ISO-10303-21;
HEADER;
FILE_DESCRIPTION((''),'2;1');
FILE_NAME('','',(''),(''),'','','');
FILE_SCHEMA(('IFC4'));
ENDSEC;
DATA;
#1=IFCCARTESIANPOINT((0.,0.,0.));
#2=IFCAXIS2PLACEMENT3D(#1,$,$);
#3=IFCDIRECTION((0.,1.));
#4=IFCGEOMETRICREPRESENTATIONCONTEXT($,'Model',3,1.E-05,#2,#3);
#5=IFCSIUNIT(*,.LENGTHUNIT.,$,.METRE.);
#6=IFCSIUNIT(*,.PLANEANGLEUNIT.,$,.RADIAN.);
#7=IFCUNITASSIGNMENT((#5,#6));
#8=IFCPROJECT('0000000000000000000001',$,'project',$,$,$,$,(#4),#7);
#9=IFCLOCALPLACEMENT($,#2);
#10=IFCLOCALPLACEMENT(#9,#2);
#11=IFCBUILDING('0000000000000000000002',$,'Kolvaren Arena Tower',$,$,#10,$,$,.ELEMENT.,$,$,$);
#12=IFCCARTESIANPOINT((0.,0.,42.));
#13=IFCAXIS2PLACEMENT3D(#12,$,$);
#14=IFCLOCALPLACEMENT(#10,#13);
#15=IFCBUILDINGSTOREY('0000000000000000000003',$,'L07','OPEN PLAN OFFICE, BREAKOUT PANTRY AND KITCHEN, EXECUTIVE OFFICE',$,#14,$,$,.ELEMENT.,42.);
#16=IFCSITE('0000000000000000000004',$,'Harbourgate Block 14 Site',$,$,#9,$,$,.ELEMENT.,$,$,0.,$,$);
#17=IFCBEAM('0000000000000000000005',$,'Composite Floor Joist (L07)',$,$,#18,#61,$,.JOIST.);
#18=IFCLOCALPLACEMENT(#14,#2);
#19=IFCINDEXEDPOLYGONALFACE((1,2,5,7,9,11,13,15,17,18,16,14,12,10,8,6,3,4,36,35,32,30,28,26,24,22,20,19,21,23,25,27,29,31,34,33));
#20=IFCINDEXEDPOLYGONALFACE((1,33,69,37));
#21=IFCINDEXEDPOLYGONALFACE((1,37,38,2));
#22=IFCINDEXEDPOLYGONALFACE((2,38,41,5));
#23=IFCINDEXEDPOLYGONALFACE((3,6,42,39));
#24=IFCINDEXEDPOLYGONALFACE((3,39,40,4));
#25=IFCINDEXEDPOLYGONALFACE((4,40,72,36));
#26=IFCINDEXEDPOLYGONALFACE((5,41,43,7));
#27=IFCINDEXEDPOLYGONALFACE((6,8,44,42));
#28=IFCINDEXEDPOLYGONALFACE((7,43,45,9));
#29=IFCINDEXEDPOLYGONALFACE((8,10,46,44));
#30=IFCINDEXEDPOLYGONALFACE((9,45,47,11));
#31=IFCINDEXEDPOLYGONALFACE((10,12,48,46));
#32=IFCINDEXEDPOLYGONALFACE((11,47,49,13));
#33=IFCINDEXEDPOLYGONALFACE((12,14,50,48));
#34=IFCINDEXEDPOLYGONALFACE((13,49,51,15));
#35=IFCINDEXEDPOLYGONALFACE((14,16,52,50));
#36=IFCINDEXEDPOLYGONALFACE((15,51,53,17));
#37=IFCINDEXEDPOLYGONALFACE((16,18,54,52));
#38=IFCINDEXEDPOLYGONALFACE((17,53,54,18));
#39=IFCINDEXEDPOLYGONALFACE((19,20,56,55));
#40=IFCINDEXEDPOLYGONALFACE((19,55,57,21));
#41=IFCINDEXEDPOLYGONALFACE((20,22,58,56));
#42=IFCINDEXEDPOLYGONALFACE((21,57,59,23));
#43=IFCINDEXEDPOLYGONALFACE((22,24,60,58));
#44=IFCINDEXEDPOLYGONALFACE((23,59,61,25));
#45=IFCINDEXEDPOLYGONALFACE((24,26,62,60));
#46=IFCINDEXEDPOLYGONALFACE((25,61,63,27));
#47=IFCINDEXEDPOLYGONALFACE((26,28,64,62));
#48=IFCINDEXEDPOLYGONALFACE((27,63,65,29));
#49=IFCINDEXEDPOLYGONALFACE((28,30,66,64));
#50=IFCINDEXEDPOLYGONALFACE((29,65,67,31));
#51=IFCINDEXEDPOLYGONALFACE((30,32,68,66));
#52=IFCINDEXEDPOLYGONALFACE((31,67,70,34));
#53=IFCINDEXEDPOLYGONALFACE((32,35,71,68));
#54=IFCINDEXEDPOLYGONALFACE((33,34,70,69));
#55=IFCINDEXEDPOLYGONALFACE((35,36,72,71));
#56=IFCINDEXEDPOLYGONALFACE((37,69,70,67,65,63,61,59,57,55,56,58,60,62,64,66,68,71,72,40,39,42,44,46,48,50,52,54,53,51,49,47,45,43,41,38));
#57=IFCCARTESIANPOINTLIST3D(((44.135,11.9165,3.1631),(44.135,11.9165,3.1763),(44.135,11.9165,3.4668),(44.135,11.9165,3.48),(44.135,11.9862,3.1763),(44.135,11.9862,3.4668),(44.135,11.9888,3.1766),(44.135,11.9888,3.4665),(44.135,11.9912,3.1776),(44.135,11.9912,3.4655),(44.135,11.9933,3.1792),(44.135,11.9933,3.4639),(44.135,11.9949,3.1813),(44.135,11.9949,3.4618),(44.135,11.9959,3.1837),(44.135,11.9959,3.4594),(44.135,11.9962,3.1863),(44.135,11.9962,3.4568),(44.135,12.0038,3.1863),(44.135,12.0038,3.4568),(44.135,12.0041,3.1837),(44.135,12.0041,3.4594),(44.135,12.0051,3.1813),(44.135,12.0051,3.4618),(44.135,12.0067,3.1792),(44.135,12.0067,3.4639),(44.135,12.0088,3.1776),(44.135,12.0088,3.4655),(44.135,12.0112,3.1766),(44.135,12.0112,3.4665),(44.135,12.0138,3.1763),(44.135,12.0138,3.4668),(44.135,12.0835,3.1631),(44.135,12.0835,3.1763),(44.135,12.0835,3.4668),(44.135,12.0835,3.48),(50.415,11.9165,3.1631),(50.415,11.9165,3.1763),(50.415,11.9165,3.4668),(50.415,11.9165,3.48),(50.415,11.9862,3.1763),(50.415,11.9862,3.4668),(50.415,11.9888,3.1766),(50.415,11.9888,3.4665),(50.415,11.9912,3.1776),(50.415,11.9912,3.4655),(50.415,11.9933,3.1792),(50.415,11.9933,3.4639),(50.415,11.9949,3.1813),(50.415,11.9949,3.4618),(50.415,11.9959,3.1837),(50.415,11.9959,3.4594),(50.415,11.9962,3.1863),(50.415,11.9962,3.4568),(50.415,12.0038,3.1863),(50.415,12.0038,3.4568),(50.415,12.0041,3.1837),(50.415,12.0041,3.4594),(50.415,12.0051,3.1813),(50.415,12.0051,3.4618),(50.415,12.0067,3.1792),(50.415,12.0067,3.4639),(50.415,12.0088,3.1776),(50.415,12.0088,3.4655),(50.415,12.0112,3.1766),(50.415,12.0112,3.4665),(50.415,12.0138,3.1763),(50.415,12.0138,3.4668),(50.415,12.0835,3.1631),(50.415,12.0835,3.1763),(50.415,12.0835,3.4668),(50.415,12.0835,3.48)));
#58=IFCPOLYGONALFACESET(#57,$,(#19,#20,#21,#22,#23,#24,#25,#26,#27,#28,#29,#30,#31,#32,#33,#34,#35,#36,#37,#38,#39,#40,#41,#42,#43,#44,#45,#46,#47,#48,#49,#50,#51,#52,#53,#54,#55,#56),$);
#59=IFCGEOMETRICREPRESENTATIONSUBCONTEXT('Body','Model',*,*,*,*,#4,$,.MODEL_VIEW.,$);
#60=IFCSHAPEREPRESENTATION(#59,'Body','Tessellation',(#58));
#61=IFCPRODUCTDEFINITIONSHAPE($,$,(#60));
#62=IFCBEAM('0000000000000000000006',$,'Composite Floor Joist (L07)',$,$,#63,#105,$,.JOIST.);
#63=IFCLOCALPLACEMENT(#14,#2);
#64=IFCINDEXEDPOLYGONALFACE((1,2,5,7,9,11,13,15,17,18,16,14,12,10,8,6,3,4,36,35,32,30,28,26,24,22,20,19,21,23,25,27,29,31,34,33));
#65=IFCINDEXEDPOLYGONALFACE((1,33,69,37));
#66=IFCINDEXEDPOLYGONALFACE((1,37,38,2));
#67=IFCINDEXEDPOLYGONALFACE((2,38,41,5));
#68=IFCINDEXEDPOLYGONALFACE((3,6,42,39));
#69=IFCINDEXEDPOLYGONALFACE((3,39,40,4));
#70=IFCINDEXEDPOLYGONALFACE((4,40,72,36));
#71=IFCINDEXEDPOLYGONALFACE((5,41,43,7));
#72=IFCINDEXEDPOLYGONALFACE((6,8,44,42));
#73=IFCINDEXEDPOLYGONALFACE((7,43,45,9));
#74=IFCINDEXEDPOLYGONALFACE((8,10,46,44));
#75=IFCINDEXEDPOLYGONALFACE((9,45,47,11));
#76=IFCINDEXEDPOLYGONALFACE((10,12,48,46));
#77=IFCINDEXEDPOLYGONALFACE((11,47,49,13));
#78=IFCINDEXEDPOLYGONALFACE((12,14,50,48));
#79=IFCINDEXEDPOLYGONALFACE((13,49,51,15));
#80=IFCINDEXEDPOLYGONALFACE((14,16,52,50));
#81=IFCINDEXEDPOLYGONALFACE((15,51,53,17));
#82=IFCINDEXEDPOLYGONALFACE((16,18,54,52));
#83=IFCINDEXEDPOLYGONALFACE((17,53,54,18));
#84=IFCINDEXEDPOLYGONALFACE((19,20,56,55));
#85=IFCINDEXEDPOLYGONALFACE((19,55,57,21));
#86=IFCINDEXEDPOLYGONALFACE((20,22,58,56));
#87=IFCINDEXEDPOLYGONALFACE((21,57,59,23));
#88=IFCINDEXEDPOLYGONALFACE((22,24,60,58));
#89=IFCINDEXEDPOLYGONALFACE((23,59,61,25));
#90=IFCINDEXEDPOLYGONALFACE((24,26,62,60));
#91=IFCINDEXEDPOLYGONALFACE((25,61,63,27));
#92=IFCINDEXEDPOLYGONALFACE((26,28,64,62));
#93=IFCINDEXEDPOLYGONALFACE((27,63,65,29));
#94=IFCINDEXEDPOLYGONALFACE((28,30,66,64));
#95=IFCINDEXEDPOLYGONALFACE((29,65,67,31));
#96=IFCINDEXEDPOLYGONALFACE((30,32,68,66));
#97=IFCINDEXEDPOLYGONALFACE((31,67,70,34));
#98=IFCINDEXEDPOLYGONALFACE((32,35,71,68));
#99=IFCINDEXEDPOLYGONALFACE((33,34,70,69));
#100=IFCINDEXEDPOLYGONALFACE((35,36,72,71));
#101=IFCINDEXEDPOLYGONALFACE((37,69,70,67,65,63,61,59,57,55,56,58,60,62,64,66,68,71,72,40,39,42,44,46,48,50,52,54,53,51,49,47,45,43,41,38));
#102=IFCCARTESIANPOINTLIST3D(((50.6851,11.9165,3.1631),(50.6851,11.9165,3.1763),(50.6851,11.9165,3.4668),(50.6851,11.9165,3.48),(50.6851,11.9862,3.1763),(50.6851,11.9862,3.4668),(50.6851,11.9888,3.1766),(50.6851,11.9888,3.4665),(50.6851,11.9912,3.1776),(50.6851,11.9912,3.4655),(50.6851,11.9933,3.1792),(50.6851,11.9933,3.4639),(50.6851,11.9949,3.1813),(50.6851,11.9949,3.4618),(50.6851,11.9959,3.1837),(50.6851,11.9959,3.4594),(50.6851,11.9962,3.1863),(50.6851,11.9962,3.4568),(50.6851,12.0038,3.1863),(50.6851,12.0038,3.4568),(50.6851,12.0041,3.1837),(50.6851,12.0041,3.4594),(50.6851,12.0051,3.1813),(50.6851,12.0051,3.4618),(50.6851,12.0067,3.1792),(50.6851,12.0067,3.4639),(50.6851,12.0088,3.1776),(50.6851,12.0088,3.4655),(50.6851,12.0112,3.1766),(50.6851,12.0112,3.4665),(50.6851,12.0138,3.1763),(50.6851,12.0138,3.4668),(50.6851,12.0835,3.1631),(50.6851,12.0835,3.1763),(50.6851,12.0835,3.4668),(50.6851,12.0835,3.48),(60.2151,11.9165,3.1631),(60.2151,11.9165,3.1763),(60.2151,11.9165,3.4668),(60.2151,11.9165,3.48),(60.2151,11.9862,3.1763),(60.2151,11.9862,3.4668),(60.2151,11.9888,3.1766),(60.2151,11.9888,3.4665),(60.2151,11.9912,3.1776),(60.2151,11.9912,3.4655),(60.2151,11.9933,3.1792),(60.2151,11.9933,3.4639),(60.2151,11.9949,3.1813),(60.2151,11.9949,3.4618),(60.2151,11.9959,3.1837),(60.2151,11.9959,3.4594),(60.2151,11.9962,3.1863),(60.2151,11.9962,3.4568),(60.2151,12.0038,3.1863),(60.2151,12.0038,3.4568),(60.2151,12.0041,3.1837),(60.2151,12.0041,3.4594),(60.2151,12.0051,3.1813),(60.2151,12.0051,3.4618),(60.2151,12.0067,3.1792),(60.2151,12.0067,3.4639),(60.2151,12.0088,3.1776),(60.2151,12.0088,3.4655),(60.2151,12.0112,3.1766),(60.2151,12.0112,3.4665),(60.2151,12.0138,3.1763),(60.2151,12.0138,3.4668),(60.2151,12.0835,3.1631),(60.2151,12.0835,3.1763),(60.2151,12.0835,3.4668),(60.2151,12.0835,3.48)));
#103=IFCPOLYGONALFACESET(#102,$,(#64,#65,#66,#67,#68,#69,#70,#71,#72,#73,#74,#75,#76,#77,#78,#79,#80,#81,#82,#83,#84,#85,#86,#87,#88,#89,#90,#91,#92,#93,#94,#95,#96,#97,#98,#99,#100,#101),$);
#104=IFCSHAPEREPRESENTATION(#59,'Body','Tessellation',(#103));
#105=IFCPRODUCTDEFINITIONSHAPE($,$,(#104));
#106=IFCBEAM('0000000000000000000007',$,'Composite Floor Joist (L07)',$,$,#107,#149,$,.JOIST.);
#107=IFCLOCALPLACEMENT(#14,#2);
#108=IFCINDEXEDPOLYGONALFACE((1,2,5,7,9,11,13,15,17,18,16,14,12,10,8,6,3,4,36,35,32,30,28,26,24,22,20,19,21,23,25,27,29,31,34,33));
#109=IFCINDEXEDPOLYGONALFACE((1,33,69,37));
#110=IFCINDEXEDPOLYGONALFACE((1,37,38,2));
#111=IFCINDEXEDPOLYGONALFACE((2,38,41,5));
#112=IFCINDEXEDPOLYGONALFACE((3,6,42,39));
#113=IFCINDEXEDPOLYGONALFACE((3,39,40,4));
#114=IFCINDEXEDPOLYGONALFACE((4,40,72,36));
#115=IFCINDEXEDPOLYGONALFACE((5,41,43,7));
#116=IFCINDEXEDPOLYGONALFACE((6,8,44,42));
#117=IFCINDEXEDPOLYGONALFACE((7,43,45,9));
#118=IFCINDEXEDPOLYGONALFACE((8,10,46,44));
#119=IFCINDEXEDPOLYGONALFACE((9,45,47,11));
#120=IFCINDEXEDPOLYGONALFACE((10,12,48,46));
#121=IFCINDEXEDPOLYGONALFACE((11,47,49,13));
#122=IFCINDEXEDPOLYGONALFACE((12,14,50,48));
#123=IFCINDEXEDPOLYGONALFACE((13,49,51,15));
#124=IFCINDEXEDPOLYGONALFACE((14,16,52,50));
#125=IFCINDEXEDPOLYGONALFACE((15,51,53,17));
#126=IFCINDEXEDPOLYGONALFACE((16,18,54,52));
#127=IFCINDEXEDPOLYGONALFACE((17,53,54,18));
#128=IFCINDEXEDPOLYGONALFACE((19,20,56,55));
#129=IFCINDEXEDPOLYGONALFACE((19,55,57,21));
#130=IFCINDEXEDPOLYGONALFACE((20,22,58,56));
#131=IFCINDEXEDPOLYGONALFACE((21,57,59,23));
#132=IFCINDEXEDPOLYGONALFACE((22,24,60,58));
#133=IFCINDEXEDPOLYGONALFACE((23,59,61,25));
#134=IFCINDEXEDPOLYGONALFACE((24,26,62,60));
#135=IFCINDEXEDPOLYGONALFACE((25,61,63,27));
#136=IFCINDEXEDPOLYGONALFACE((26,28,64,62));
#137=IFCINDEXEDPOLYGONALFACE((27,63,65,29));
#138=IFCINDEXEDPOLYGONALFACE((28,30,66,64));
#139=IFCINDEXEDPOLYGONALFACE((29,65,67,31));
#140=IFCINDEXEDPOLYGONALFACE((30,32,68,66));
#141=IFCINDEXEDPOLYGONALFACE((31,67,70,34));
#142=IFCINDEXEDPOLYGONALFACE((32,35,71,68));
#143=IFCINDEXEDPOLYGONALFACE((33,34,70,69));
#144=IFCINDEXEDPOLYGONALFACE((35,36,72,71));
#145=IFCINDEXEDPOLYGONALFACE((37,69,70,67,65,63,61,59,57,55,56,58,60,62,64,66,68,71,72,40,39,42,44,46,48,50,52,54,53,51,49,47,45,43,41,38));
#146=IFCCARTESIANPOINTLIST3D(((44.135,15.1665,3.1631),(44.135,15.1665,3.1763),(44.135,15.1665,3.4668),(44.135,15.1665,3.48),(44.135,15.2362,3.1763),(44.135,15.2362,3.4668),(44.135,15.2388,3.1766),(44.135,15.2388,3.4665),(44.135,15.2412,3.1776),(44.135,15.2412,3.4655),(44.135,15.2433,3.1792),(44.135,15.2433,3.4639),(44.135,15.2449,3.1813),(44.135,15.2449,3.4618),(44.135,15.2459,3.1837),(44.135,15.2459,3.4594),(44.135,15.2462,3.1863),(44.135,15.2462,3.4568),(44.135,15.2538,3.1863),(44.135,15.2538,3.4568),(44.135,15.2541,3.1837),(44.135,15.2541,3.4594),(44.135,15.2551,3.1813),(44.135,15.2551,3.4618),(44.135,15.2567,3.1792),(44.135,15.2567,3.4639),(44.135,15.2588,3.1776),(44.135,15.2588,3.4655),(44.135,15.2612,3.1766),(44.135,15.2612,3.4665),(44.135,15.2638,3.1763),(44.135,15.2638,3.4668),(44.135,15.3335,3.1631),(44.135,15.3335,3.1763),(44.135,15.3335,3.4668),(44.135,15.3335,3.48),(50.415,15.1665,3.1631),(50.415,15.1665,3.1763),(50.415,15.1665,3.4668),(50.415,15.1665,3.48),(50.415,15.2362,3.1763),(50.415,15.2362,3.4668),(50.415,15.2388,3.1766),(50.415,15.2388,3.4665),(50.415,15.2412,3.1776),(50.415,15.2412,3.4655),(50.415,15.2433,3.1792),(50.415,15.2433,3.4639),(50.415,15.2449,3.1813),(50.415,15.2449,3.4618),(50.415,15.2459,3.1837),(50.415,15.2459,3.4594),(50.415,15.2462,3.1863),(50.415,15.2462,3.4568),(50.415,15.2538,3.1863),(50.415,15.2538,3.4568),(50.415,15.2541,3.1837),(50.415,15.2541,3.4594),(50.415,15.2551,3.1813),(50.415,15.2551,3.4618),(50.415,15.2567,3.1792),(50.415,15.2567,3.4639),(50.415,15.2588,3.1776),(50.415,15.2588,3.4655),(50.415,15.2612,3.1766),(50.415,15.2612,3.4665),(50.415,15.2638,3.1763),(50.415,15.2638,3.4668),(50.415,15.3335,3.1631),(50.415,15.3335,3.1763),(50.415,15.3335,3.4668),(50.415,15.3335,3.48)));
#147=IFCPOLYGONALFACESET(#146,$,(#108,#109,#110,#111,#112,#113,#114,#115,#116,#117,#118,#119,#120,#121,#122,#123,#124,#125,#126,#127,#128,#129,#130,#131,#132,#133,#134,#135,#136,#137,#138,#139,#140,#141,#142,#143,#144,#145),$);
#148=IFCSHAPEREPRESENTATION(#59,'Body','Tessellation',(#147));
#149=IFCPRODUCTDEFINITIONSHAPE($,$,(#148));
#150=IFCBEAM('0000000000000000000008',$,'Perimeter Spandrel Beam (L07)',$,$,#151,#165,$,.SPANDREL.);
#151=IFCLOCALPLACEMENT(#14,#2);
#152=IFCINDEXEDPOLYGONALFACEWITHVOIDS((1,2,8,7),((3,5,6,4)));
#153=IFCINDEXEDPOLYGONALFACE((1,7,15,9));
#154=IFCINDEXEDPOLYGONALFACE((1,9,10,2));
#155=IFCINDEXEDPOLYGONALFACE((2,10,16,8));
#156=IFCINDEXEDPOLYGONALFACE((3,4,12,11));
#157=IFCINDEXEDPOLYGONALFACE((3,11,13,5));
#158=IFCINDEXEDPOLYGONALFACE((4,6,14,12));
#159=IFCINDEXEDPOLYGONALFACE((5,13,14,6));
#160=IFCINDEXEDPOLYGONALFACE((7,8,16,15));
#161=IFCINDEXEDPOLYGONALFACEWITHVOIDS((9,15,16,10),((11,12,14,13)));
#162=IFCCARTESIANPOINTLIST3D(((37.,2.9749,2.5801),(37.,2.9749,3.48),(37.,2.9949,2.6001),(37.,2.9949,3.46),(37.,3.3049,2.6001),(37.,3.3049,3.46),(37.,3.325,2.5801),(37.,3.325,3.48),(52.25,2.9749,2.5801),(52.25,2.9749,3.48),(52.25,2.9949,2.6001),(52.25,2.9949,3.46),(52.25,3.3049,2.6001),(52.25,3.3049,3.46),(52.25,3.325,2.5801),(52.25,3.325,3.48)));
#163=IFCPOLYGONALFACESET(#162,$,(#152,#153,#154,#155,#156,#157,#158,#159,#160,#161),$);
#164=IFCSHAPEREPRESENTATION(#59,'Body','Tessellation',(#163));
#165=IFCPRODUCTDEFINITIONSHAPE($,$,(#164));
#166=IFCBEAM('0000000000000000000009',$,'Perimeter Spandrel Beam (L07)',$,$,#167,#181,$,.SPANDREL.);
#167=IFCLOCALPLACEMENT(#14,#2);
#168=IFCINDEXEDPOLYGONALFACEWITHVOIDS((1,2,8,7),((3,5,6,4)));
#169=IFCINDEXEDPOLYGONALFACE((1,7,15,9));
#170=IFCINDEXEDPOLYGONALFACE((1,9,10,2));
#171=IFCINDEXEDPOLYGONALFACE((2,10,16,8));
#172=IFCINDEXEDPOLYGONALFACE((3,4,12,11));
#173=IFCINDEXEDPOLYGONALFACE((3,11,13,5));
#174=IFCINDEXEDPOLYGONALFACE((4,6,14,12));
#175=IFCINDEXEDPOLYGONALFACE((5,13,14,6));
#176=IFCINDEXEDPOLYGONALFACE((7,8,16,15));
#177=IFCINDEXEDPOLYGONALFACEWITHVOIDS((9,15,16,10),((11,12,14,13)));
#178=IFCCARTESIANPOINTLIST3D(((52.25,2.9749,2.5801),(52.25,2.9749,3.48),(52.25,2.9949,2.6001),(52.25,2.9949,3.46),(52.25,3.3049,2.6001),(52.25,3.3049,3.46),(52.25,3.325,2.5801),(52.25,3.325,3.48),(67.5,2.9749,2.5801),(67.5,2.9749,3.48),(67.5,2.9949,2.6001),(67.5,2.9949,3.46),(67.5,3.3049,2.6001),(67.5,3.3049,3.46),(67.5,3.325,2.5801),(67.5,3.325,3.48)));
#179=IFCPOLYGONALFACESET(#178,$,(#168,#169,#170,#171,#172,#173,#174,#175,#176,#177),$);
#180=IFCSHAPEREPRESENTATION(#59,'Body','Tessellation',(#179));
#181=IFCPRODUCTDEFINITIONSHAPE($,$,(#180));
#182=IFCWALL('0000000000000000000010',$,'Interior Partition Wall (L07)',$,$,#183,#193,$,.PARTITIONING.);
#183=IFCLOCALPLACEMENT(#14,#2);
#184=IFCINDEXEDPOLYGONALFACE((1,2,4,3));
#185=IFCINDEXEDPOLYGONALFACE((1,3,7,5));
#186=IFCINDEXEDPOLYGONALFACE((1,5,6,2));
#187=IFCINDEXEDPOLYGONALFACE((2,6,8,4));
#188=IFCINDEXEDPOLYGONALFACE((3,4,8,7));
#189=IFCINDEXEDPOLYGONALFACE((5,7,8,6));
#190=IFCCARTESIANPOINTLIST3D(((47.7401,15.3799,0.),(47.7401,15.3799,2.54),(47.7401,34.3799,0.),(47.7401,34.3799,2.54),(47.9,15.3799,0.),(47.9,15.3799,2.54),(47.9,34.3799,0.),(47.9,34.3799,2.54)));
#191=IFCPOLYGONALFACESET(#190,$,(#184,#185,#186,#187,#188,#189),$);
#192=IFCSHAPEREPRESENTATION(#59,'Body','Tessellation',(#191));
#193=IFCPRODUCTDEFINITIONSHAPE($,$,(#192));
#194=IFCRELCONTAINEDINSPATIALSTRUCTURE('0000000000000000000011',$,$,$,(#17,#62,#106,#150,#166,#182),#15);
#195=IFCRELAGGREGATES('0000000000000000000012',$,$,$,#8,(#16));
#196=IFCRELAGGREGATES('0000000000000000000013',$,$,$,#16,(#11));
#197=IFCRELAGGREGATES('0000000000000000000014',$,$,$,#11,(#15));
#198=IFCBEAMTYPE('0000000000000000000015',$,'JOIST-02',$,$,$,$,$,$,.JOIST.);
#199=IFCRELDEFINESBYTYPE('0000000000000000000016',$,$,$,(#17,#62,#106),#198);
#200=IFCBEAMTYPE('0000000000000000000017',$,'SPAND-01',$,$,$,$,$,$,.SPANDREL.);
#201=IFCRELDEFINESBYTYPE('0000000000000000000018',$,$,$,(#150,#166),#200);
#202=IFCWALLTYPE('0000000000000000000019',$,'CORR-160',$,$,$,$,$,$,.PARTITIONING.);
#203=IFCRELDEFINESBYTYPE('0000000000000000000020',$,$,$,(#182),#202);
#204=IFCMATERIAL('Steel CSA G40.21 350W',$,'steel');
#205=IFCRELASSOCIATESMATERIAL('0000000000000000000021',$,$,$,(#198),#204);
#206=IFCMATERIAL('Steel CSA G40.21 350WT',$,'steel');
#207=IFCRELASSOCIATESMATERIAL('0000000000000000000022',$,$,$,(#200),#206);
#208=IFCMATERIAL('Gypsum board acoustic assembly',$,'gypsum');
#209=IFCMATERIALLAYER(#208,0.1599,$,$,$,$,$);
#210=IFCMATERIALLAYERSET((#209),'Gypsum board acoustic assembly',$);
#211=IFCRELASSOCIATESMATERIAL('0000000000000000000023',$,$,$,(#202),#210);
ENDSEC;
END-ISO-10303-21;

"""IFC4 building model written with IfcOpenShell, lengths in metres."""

from ifc_helpers import new_model, si_unit, direction, frame, frame_2d, origin, origin_2d, place, context, subcontext, project, spatial, rectangle, hollow_rectangle, i_section, extrude, material, layer, layer_set, material_profile, profile_set, type_object, element, save


model = new_model("IFC4")

# Units and contexts
model_context = context("Model", 3, precision=1e-05, world=origin(), true_north=direction((0.0, 1.0)))
body_context = subcontext(model_context, "Body", "Model", "MODEL_VIEW")
ifc_project = project(units=[si_unit("LENGTHUNIT", "METRE"), si_unit("PLANEANGLEUNIT", "RADIAN")], contexts=[model_context])

# Site, building, storey
site_placement = place(None, origin())
site = spatial("IfcSite", under=ifc_project, at=site_placement, Name="Harbourgate Block 14 Site", CompositionType="ELEMENT", RefElevation=0.0)
building_placement = place(site_placement, origin())
building = spatial("IfcBuilding", under=site, at=building_placement, Name="Kolvaren Arena Tower", CompositionType="ELEMENT")
storey_placement = place(building_placement, frame((0.0, 0.0, 42.0)))
storey = spatial("IfcBuildingStorey", under=building, at=storey_placement, Name="L07", Description="OPEN PLAN OFFICE, BREAKOUT PANTRY AND KITCHEN, EXECUTIVE OFFICE", CompositionType="ELEMENT", Elevation=42.0)

# Beams
ifc_material_1 = material(Name="Steel CSA G40.21 350W", Category="steel")
ifc_material_profile_1 = material_profile(ifc_material_1, i_section(OverallWidth=0.167, OverallDepth=0.3169, WebThickness=0.0076, FlangeThickness=0.0132, FilletRadius=0.01, at=origin_2d()), Name="W310x52")
ifc_profile_set_1 = profile_set([ifc_material_profile_1], Name="Steel CSA G40.21 350W")
beam_type_1 = type_object("IfcBeamType", Name="JOIST-02", PredefinedType="JOIST", material=ifc_profile_set_1)
beam_1_placement = place(storey_placement, frame((44.135, 12.0, 3.3215), z_axis=(1.0, 0.0, 0.0), x_axis=(0.0, 1.0, 0.0)))
element("IfcBeam", 1, at=beam_1_placement, inside=storey, type_object=beam_type_1, Name="Composite Floor Joist (L07)", PredefinedType="JOIST", context=body_context, shape_type="SweptSolid", body=[
    extrude(i_section(OverallWidth=0.167, OverallDepth=0.3169, WebThickness=0.0076, FlangeThickness=0.0132, FilletRadius=0.01, at=origin_2d()), origin(), (0.0, 0.0, 1.0), 6.28),
])
beam_2_placement = place(storey_placement, frame((50.6851, 12.0, 3.3215), z_axis=(1.0, 0.0, 0.0), x_axis=(0.0, 1.0, 0.0)))
element("IfcBeam", 2, at=beam_2_placement, inside=storey, type_object=beam_type_1, Name="Composite Floor Joist (L07)", PredefinedType="JOIST", context=body_context, shape_type="SweptSolid", body=[
    extrude(i_section(OverallWidth=0.167, OverallDepth=0.3169, WebThickness=0.0076, FlangeThickness=0.0132, FilletRadius=0.01, at=origin_2d()), origin(), (0.0, 0.0, 1.0), 9.53),
])
beam_3_placement = place(storey_placement, frame((44.135, 15.25, 3.3215), z_axis=(1.0, 0.0, 0.0), x_axis=(0.0, 1.0, 0.0)))
element("IfcBeam", 3, at=beam_3_placement, inside=storey, type_object=beam_type_1, Name="Composite Floor Joist (L07)", PredefinedType="JOIST", context=body_context, shape_type="SweptSolid", body=[
    extrude(i_section(OverallWidth=0.167, OverallDepth=0.3169, WebThickness=0.0076, FlangeThickness=0.0132, FilletRadius=0.01, at=origin_2d()), origin(), (0.0, 0.0, 1.0), 6.28),
])
ifc_material_2 = material(Name="Steel CSA G40.21 350WT", Category="steel")
ifc_material_profile_2 = material_profile(ifc_material_2, hollow_rectangle(XDim=0.3501, YDim=0.8999, WallThickness=0.02, at=origin_2d()), Name="HSS 900x350x20")
ifc_profile_set_2 = profile_set([ifc_material_profile_2], Name="Steel CSA G40.21 350WT")
beam_type_2 = type_object("IfcBeamType", Name="SPAND-01", PredefinedType="SPANDREL", material=ifc_profile_set_2)
for number, where, z_axis, x_axis, name in (
    (4, (37.0, 3.1499, 3.03), (1.0, 0.0, 0.0), (0.0, 1.0, 0.0), "Perimeter Spandrel Beam (L07)"),
    (5, (52.25, 3.1499, 3.03), (1.0, 0.0, 0.0), (0.0, 1.0, 0.0), "Perimeter Spandrel Beam (L07)"),
):
    element("IfcBeam", number, at=place(storey_placement, frame(where, z_axis=z_axis, x_axis=x_axis)), inside=storey, type_object=beam_type_2, Name=name, PredefinedType="SPANDREL", context=body_context, shape_type="SweptSolid", body=[
        extrude(hollow_rectangle(XDim=0.3501, YDim=0.8999, WallThickness=0.02, at=origin_2d()), origin(), (0.0, 0.0, 1.0), 15.25),
    ])

# Wall
ifc_material_3 = material(Name="Gypsum board acoustic assembly", Category="gypsum")
ifc_layer_1 = layer(ifc_material_3, 0.1599)
ifc_layer_set_1 = layer_set([ifc_layer_1], Name="Gypsum board acoustic assembly")
wall_type_1 = type_object("IfcWallType", Name="CORR-160", PredefinedType="PARTITIONING", material=ifc_layer_set_1)
wall_1_placement = place(storey_placement, frame((47.8201, 15.3799, 0.0), z_axis=(0.0, 0.0, 1.0), x_axis=(0.0, 1.0, 0.0)))
element("IfcWall", 6, at=wall_1_placement, inside=storey, type_object=wall_type_1, Name="Interior Partition Wall (L07)", PredefinedType="PARTITIONING", context=body_context, shape_type="SweptSolid", body=[
    extrude(rectangle(XDim=19.0, YDim=0.1599, at=frame_2d((9.5, 0.0))), origin(), (0.0, 0.0, 1.0), 2.54),
])

save(model, "model.ifc")
